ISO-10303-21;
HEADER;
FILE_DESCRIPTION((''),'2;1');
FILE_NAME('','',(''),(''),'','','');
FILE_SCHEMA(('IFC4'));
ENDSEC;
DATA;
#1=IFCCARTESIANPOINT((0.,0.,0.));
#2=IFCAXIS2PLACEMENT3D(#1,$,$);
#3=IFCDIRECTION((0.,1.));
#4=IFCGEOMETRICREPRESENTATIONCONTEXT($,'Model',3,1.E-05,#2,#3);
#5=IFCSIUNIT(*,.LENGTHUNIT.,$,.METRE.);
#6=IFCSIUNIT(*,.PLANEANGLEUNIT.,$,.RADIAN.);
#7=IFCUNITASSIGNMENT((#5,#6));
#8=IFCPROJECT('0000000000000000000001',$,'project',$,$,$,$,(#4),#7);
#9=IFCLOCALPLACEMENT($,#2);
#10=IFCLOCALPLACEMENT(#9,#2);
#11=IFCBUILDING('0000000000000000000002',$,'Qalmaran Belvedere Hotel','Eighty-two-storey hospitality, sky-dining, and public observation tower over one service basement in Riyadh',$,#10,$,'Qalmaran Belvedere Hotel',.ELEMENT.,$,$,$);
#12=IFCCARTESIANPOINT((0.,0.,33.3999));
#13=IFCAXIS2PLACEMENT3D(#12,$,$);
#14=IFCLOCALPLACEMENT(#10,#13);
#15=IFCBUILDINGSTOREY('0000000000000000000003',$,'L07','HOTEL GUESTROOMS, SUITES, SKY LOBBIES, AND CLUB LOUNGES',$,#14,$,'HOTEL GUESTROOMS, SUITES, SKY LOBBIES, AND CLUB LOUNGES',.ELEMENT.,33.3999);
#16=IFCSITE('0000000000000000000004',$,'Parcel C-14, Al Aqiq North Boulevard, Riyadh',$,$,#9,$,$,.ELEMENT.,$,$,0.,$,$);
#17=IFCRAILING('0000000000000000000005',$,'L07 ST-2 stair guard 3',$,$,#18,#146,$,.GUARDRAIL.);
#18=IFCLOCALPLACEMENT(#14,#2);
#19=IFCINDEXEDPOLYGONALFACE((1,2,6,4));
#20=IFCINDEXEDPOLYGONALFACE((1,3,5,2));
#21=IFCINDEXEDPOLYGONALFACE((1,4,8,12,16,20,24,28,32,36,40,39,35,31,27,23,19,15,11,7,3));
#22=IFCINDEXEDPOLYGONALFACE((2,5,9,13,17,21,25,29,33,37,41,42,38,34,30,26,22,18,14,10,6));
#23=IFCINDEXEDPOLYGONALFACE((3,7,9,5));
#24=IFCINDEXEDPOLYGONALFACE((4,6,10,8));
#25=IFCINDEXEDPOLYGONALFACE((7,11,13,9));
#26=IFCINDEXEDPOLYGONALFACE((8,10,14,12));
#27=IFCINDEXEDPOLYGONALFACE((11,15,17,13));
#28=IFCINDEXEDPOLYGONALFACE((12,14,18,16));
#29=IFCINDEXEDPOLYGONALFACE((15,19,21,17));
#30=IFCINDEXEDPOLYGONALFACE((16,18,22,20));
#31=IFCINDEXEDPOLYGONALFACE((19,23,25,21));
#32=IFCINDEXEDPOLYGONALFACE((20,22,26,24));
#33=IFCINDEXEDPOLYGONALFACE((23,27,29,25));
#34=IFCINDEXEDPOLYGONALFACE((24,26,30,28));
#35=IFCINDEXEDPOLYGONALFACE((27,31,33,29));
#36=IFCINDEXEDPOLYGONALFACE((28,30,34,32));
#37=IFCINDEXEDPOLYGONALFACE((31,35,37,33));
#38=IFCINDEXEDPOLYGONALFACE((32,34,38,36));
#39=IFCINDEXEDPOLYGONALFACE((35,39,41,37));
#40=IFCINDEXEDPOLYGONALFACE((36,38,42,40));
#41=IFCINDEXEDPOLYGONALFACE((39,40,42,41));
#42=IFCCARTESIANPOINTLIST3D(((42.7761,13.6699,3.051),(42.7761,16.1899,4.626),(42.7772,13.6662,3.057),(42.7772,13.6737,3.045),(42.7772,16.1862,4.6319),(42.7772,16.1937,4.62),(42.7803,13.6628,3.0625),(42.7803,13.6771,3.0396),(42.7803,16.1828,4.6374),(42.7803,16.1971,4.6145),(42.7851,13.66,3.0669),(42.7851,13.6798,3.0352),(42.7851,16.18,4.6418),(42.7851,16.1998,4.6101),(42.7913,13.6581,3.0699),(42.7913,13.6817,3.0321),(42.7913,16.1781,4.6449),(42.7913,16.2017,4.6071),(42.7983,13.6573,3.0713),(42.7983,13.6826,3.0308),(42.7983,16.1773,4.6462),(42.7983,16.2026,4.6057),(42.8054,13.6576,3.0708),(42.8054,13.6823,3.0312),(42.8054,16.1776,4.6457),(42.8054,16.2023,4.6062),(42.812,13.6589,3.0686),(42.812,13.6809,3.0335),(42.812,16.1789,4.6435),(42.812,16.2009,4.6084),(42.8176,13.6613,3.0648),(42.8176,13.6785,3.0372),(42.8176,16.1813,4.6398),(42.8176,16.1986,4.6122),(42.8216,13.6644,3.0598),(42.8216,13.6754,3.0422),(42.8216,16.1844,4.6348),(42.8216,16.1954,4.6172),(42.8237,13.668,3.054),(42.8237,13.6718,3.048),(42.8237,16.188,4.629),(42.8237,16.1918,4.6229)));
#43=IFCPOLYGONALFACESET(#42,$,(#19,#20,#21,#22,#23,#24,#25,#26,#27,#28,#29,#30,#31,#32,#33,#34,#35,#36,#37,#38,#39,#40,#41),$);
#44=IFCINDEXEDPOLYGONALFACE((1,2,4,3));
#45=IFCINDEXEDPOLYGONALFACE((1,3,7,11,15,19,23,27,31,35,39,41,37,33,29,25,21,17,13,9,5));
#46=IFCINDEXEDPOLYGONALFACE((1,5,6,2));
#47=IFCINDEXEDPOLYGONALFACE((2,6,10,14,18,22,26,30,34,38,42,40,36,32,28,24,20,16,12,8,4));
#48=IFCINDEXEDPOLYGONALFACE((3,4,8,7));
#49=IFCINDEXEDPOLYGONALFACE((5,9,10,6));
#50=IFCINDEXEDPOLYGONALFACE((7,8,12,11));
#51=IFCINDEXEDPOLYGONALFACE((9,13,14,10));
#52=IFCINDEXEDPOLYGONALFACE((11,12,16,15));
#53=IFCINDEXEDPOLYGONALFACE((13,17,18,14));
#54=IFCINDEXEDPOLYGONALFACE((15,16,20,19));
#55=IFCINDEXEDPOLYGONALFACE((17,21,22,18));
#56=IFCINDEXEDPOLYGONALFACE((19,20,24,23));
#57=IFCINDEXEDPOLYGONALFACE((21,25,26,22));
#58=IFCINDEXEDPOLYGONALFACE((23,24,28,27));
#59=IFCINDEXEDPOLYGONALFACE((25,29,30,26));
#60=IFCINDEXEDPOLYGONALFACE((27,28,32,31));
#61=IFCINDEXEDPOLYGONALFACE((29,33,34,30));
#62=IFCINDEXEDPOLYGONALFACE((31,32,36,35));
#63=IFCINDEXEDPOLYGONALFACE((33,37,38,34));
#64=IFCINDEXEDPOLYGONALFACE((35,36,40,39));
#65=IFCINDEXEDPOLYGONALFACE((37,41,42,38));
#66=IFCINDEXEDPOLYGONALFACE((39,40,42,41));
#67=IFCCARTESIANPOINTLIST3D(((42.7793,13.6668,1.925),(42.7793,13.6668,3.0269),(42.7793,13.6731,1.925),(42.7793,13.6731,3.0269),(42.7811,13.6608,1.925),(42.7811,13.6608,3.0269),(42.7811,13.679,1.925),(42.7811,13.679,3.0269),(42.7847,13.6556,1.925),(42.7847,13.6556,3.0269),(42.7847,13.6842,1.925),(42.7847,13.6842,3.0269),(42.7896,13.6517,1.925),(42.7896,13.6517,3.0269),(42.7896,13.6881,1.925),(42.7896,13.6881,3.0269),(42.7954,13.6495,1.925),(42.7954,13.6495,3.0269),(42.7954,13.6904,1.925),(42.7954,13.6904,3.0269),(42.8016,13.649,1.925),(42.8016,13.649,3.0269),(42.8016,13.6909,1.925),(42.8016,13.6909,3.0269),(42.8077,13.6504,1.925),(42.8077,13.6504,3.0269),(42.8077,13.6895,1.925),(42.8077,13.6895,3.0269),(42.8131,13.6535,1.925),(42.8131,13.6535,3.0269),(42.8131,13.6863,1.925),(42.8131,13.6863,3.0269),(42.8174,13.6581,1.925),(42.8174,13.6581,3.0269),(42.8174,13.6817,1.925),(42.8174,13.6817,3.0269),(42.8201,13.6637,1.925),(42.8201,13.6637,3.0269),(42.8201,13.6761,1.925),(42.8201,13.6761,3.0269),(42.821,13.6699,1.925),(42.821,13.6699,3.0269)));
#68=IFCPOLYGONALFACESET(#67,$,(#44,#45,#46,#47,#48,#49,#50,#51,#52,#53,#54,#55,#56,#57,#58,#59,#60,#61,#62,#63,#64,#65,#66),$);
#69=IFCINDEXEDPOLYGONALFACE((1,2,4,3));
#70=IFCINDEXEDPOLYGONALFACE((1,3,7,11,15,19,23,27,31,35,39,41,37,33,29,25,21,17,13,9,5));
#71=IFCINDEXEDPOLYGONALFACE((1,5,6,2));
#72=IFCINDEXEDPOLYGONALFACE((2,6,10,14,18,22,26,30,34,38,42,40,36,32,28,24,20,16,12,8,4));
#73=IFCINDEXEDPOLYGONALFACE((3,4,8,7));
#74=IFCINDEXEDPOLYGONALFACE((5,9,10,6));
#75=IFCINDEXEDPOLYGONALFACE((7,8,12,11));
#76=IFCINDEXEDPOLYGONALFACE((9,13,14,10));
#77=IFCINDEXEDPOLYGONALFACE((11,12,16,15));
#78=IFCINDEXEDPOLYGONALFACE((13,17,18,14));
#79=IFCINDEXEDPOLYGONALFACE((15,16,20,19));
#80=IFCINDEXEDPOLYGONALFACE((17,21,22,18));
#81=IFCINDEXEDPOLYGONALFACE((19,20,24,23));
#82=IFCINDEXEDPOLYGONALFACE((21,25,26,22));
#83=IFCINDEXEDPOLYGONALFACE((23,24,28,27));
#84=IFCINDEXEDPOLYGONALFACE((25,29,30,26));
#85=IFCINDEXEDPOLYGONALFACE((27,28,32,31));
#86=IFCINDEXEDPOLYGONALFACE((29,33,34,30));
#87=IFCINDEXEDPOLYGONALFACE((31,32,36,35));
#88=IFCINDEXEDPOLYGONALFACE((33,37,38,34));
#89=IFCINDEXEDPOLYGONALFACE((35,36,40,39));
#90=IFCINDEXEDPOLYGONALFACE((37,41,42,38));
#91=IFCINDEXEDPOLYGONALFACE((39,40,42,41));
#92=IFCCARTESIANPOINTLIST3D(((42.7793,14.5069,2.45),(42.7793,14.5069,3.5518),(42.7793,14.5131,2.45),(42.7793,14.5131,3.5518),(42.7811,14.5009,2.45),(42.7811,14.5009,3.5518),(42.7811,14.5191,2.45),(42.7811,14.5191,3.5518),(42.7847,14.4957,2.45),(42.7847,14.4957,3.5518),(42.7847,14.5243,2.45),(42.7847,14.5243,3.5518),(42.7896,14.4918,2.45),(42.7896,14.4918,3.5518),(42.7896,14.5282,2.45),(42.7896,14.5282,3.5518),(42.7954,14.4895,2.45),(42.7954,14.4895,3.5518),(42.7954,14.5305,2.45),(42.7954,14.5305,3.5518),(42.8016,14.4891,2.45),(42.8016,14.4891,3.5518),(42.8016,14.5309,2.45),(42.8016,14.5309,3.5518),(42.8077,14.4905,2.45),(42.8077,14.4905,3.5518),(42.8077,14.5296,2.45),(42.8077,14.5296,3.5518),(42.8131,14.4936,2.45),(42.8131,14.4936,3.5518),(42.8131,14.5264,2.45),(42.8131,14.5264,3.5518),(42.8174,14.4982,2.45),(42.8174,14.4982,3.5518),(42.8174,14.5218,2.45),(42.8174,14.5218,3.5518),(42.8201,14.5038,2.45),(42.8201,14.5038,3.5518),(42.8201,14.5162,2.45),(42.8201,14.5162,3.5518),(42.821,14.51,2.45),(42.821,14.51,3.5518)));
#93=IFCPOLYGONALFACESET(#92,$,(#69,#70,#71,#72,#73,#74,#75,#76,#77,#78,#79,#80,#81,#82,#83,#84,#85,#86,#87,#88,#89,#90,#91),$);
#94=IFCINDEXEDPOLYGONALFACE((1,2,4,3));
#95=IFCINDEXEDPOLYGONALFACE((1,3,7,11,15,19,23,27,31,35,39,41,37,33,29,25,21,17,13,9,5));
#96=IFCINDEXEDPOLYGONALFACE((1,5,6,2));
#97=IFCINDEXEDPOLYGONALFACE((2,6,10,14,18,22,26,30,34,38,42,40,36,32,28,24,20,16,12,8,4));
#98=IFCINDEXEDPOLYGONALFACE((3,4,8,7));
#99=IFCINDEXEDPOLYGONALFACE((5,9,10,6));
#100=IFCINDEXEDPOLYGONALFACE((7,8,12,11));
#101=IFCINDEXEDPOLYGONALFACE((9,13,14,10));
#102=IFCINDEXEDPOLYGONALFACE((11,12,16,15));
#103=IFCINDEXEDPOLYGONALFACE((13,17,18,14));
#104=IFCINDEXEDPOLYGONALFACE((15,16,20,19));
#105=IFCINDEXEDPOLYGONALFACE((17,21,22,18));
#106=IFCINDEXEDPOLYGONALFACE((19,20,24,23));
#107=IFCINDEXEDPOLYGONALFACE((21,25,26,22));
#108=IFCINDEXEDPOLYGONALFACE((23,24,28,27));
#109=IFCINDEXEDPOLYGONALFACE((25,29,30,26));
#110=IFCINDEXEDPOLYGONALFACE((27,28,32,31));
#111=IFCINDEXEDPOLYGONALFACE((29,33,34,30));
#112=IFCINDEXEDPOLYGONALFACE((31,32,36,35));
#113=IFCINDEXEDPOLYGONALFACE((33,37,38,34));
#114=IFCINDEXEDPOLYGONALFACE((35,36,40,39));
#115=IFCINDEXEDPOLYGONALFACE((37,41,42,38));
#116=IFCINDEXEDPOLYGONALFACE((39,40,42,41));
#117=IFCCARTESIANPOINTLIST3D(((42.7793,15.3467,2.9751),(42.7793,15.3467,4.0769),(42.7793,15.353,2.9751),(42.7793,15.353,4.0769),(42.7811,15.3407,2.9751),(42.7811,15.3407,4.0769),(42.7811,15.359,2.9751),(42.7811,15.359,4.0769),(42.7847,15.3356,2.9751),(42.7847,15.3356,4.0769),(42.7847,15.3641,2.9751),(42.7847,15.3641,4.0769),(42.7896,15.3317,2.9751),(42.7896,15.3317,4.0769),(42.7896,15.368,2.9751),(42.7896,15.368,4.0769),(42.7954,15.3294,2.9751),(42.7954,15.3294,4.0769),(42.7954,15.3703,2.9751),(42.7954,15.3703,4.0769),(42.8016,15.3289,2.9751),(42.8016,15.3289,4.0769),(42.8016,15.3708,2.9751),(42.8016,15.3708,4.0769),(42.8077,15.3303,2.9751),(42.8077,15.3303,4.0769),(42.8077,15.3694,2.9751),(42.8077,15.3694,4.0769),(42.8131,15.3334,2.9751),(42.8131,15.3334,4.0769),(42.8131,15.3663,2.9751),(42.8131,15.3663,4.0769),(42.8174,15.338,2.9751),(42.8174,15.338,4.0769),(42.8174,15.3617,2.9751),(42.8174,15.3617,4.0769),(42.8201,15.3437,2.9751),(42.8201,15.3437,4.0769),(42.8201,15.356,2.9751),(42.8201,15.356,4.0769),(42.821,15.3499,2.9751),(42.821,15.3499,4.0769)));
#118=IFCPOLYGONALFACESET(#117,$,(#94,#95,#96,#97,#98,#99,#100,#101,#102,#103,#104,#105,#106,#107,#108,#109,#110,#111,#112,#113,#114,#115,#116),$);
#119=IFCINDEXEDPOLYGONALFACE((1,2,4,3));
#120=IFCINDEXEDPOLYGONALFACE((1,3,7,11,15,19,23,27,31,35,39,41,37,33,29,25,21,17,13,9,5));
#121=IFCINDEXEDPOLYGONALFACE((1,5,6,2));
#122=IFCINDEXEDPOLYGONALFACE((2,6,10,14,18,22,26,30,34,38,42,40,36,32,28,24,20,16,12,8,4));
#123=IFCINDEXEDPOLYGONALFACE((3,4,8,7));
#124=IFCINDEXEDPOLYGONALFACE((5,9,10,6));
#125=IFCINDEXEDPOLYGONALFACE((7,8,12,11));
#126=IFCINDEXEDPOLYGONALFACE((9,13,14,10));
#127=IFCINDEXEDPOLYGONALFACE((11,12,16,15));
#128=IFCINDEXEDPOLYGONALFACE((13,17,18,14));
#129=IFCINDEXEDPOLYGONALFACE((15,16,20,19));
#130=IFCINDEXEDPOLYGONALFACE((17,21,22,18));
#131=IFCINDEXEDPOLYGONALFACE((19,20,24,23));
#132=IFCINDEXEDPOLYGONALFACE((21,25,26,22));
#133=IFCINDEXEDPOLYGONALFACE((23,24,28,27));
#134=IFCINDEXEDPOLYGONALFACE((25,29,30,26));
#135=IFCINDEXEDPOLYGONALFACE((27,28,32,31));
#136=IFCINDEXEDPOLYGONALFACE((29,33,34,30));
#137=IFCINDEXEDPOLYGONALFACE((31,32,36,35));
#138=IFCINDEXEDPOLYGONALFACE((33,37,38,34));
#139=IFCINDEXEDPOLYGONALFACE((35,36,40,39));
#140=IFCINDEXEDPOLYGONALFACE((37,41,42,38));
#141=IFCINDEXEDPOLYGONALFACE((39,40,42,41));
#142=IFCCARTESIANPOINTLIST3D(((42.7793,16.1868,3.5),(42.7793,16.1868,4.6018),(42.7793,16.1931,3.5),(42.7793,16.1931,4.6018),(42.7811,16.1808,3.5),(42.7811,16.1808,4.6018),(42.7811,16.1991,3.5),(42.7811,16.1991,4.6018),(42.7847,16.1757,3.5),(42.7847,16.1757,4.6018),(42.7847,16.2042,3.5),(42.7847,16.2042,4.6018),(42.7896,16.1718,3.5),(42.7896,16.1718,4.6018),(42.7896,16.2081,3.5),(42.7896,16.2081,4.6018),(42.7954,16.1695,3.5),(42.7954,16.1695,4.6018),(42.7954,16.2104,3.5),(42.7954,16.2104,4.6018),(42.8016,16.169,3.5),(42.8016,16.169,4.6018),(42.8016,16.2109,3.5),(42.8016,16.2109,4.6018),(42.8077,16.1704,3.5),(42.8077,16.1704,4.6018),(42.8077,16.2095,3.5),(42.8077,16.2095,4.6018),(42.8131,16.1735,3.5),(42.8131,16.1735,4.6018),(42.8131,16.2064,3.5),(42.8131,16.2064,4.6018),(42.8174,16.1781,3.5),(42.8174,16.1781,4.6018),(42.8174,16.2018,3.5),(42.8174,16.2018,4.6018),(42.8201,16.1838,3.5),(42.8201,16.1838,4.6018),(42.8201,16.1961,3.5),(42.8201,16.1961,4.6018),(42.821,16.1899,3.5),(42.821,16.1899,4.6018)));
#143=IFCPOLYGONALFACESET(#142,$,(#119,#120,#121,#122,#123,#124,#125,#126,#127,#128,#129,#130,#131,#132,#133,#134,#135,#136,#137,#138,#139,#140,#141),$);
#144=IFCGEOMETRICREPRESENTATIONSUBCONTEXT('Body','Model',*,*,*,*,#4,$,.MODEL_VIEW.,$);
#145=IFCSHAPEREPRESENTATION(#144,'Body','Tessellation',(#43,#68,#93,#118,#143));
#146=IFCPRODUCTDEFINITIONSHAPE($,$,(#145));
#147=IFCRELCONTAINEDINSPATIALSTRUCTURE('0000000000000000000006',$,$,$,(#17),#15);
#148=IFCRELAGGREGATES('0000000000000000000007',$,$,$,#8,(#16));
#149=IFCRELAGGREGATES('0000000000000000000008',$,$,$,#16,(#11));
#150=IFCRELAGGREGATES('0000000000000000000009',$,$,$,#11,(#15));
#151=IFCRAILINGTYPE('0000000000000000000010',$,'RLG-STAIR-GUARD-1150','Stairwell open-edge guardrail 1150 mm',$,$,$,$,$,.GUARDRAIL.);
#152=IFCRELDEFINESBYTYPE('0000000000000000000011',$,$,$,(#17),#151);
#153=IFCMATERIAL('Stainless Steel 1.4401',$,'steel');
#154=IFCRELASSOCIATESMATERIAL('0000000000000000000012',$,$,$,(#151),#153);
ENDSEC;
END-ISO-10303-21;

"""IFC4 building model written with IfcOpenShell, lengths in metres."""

from ifc_helpers import new_model, si_unit, direction, frame, origin, origin_2d, place, context, subcontext, project, spatial, circle, extrude, material, type_object, element, save


model = new_model("IFC4")

# Units and contexts
model_context = context("Model", 3, precision=1e-05, world=origin(), true_north=direction((0.0, 1.0)))
body_context = subcontext(model_context, "Body", "Model", "MODEL_VIEW")
ifc_project = project(units=[si_unit("LENGTHUNIT", "METRE"), si_unit("PLANEANGLEUNIT", "RADIAN")], contexts=[model_context])

# Site, building, storey
site_placement = place(None, origin())
site = spatial("IfcSite", under=ifc_project, at=site_placement, Name="Parcel C-14, Al Aqiq North Boulevard, Riyadh", CompositionType="ELEMENT", RefElevation=0.0)
building_placement = place(site_placement, origin())
building = spatial("IfcBuilding", under=site, at=building_placement, Name="Qalmaran Belvedere Hotel", Description="Eighty-two-storey hospitality, sky-dining, and public observation tower over one service basement in Riyadh", LongName="Qalmaran Belvedere Hotel", CompositionType="ELEMENT")
storey_placement = place(building_placement, frame((0.0, 0.0, 33.3999)))
storey = spatial("IfcBuildingStorey", under=building, at=storey_placement, Name="L07", Description="HOTEL GUESTROOMS, SUITES, SKY LOBBIES, AND CLUB LOUNGES", LongName="HOTEL GUESTROOMS, SUITES, SKY LOBBIES, AND CLUB LOUNGES", CompositionType="ELEMENT", Elevation=33.3999)

# Shared definitions
ifc_material_1 = material(Name="Stainless Steel 1.4401", Category="steel")

# Railing
railing_type_1 = type_object("IfcRailingType", Name="RLG-STAIR-GUARD-1150", Description="Stairwell open-edge guardrail 1150 mm", PredefinedType="GUARDRAIL", material=ifc_material_1)
railing_1_placement = place(storey_placement, frame((42.8, 13.6699, 1.925)))
element("IfcRailing", 1, at=railing_1_placement, inside=storey, type_object=railing_type_1, Name="L07 ST-2 stair guard 3", PredefinedType="GUARDRAIL", context=body_context, shape_type="SweptSolid", body=[
    extrude(circle(Radius=0.0239, at=origin_2d()), frame((0.0, 0.0, 1.126), z_axis=(0.0, 0.848008, 0.529984), x_axis=(-1.0, 0.0, 0.0)), (0.0, 0.0, 1.0), 2.9717),
    extrude(circle(Radius=0.021, at=origin_2d()), origin(), (0.0, 0.0, 1.0), 1.1018),
    extrude(circle(Radius=0.021, at=origin_2d()), frame((0.0, 0.8401, 0.5249)), (0.0, 0.0, 1.0), 1.1018),
    extrude(circle(Radius=0.021, at=origin_2d()), frame((0.0, 1.6799, 1.05)), (0.0, 0.0, 1.0), 1.1018),
    extrude(circle(Radius=0.021, at=origin_2d()), frame((0.0, 2.52, 1.575)), (0.0, 0.0, 1.0), 1.1018),
])

save(model, "model.ifc")
